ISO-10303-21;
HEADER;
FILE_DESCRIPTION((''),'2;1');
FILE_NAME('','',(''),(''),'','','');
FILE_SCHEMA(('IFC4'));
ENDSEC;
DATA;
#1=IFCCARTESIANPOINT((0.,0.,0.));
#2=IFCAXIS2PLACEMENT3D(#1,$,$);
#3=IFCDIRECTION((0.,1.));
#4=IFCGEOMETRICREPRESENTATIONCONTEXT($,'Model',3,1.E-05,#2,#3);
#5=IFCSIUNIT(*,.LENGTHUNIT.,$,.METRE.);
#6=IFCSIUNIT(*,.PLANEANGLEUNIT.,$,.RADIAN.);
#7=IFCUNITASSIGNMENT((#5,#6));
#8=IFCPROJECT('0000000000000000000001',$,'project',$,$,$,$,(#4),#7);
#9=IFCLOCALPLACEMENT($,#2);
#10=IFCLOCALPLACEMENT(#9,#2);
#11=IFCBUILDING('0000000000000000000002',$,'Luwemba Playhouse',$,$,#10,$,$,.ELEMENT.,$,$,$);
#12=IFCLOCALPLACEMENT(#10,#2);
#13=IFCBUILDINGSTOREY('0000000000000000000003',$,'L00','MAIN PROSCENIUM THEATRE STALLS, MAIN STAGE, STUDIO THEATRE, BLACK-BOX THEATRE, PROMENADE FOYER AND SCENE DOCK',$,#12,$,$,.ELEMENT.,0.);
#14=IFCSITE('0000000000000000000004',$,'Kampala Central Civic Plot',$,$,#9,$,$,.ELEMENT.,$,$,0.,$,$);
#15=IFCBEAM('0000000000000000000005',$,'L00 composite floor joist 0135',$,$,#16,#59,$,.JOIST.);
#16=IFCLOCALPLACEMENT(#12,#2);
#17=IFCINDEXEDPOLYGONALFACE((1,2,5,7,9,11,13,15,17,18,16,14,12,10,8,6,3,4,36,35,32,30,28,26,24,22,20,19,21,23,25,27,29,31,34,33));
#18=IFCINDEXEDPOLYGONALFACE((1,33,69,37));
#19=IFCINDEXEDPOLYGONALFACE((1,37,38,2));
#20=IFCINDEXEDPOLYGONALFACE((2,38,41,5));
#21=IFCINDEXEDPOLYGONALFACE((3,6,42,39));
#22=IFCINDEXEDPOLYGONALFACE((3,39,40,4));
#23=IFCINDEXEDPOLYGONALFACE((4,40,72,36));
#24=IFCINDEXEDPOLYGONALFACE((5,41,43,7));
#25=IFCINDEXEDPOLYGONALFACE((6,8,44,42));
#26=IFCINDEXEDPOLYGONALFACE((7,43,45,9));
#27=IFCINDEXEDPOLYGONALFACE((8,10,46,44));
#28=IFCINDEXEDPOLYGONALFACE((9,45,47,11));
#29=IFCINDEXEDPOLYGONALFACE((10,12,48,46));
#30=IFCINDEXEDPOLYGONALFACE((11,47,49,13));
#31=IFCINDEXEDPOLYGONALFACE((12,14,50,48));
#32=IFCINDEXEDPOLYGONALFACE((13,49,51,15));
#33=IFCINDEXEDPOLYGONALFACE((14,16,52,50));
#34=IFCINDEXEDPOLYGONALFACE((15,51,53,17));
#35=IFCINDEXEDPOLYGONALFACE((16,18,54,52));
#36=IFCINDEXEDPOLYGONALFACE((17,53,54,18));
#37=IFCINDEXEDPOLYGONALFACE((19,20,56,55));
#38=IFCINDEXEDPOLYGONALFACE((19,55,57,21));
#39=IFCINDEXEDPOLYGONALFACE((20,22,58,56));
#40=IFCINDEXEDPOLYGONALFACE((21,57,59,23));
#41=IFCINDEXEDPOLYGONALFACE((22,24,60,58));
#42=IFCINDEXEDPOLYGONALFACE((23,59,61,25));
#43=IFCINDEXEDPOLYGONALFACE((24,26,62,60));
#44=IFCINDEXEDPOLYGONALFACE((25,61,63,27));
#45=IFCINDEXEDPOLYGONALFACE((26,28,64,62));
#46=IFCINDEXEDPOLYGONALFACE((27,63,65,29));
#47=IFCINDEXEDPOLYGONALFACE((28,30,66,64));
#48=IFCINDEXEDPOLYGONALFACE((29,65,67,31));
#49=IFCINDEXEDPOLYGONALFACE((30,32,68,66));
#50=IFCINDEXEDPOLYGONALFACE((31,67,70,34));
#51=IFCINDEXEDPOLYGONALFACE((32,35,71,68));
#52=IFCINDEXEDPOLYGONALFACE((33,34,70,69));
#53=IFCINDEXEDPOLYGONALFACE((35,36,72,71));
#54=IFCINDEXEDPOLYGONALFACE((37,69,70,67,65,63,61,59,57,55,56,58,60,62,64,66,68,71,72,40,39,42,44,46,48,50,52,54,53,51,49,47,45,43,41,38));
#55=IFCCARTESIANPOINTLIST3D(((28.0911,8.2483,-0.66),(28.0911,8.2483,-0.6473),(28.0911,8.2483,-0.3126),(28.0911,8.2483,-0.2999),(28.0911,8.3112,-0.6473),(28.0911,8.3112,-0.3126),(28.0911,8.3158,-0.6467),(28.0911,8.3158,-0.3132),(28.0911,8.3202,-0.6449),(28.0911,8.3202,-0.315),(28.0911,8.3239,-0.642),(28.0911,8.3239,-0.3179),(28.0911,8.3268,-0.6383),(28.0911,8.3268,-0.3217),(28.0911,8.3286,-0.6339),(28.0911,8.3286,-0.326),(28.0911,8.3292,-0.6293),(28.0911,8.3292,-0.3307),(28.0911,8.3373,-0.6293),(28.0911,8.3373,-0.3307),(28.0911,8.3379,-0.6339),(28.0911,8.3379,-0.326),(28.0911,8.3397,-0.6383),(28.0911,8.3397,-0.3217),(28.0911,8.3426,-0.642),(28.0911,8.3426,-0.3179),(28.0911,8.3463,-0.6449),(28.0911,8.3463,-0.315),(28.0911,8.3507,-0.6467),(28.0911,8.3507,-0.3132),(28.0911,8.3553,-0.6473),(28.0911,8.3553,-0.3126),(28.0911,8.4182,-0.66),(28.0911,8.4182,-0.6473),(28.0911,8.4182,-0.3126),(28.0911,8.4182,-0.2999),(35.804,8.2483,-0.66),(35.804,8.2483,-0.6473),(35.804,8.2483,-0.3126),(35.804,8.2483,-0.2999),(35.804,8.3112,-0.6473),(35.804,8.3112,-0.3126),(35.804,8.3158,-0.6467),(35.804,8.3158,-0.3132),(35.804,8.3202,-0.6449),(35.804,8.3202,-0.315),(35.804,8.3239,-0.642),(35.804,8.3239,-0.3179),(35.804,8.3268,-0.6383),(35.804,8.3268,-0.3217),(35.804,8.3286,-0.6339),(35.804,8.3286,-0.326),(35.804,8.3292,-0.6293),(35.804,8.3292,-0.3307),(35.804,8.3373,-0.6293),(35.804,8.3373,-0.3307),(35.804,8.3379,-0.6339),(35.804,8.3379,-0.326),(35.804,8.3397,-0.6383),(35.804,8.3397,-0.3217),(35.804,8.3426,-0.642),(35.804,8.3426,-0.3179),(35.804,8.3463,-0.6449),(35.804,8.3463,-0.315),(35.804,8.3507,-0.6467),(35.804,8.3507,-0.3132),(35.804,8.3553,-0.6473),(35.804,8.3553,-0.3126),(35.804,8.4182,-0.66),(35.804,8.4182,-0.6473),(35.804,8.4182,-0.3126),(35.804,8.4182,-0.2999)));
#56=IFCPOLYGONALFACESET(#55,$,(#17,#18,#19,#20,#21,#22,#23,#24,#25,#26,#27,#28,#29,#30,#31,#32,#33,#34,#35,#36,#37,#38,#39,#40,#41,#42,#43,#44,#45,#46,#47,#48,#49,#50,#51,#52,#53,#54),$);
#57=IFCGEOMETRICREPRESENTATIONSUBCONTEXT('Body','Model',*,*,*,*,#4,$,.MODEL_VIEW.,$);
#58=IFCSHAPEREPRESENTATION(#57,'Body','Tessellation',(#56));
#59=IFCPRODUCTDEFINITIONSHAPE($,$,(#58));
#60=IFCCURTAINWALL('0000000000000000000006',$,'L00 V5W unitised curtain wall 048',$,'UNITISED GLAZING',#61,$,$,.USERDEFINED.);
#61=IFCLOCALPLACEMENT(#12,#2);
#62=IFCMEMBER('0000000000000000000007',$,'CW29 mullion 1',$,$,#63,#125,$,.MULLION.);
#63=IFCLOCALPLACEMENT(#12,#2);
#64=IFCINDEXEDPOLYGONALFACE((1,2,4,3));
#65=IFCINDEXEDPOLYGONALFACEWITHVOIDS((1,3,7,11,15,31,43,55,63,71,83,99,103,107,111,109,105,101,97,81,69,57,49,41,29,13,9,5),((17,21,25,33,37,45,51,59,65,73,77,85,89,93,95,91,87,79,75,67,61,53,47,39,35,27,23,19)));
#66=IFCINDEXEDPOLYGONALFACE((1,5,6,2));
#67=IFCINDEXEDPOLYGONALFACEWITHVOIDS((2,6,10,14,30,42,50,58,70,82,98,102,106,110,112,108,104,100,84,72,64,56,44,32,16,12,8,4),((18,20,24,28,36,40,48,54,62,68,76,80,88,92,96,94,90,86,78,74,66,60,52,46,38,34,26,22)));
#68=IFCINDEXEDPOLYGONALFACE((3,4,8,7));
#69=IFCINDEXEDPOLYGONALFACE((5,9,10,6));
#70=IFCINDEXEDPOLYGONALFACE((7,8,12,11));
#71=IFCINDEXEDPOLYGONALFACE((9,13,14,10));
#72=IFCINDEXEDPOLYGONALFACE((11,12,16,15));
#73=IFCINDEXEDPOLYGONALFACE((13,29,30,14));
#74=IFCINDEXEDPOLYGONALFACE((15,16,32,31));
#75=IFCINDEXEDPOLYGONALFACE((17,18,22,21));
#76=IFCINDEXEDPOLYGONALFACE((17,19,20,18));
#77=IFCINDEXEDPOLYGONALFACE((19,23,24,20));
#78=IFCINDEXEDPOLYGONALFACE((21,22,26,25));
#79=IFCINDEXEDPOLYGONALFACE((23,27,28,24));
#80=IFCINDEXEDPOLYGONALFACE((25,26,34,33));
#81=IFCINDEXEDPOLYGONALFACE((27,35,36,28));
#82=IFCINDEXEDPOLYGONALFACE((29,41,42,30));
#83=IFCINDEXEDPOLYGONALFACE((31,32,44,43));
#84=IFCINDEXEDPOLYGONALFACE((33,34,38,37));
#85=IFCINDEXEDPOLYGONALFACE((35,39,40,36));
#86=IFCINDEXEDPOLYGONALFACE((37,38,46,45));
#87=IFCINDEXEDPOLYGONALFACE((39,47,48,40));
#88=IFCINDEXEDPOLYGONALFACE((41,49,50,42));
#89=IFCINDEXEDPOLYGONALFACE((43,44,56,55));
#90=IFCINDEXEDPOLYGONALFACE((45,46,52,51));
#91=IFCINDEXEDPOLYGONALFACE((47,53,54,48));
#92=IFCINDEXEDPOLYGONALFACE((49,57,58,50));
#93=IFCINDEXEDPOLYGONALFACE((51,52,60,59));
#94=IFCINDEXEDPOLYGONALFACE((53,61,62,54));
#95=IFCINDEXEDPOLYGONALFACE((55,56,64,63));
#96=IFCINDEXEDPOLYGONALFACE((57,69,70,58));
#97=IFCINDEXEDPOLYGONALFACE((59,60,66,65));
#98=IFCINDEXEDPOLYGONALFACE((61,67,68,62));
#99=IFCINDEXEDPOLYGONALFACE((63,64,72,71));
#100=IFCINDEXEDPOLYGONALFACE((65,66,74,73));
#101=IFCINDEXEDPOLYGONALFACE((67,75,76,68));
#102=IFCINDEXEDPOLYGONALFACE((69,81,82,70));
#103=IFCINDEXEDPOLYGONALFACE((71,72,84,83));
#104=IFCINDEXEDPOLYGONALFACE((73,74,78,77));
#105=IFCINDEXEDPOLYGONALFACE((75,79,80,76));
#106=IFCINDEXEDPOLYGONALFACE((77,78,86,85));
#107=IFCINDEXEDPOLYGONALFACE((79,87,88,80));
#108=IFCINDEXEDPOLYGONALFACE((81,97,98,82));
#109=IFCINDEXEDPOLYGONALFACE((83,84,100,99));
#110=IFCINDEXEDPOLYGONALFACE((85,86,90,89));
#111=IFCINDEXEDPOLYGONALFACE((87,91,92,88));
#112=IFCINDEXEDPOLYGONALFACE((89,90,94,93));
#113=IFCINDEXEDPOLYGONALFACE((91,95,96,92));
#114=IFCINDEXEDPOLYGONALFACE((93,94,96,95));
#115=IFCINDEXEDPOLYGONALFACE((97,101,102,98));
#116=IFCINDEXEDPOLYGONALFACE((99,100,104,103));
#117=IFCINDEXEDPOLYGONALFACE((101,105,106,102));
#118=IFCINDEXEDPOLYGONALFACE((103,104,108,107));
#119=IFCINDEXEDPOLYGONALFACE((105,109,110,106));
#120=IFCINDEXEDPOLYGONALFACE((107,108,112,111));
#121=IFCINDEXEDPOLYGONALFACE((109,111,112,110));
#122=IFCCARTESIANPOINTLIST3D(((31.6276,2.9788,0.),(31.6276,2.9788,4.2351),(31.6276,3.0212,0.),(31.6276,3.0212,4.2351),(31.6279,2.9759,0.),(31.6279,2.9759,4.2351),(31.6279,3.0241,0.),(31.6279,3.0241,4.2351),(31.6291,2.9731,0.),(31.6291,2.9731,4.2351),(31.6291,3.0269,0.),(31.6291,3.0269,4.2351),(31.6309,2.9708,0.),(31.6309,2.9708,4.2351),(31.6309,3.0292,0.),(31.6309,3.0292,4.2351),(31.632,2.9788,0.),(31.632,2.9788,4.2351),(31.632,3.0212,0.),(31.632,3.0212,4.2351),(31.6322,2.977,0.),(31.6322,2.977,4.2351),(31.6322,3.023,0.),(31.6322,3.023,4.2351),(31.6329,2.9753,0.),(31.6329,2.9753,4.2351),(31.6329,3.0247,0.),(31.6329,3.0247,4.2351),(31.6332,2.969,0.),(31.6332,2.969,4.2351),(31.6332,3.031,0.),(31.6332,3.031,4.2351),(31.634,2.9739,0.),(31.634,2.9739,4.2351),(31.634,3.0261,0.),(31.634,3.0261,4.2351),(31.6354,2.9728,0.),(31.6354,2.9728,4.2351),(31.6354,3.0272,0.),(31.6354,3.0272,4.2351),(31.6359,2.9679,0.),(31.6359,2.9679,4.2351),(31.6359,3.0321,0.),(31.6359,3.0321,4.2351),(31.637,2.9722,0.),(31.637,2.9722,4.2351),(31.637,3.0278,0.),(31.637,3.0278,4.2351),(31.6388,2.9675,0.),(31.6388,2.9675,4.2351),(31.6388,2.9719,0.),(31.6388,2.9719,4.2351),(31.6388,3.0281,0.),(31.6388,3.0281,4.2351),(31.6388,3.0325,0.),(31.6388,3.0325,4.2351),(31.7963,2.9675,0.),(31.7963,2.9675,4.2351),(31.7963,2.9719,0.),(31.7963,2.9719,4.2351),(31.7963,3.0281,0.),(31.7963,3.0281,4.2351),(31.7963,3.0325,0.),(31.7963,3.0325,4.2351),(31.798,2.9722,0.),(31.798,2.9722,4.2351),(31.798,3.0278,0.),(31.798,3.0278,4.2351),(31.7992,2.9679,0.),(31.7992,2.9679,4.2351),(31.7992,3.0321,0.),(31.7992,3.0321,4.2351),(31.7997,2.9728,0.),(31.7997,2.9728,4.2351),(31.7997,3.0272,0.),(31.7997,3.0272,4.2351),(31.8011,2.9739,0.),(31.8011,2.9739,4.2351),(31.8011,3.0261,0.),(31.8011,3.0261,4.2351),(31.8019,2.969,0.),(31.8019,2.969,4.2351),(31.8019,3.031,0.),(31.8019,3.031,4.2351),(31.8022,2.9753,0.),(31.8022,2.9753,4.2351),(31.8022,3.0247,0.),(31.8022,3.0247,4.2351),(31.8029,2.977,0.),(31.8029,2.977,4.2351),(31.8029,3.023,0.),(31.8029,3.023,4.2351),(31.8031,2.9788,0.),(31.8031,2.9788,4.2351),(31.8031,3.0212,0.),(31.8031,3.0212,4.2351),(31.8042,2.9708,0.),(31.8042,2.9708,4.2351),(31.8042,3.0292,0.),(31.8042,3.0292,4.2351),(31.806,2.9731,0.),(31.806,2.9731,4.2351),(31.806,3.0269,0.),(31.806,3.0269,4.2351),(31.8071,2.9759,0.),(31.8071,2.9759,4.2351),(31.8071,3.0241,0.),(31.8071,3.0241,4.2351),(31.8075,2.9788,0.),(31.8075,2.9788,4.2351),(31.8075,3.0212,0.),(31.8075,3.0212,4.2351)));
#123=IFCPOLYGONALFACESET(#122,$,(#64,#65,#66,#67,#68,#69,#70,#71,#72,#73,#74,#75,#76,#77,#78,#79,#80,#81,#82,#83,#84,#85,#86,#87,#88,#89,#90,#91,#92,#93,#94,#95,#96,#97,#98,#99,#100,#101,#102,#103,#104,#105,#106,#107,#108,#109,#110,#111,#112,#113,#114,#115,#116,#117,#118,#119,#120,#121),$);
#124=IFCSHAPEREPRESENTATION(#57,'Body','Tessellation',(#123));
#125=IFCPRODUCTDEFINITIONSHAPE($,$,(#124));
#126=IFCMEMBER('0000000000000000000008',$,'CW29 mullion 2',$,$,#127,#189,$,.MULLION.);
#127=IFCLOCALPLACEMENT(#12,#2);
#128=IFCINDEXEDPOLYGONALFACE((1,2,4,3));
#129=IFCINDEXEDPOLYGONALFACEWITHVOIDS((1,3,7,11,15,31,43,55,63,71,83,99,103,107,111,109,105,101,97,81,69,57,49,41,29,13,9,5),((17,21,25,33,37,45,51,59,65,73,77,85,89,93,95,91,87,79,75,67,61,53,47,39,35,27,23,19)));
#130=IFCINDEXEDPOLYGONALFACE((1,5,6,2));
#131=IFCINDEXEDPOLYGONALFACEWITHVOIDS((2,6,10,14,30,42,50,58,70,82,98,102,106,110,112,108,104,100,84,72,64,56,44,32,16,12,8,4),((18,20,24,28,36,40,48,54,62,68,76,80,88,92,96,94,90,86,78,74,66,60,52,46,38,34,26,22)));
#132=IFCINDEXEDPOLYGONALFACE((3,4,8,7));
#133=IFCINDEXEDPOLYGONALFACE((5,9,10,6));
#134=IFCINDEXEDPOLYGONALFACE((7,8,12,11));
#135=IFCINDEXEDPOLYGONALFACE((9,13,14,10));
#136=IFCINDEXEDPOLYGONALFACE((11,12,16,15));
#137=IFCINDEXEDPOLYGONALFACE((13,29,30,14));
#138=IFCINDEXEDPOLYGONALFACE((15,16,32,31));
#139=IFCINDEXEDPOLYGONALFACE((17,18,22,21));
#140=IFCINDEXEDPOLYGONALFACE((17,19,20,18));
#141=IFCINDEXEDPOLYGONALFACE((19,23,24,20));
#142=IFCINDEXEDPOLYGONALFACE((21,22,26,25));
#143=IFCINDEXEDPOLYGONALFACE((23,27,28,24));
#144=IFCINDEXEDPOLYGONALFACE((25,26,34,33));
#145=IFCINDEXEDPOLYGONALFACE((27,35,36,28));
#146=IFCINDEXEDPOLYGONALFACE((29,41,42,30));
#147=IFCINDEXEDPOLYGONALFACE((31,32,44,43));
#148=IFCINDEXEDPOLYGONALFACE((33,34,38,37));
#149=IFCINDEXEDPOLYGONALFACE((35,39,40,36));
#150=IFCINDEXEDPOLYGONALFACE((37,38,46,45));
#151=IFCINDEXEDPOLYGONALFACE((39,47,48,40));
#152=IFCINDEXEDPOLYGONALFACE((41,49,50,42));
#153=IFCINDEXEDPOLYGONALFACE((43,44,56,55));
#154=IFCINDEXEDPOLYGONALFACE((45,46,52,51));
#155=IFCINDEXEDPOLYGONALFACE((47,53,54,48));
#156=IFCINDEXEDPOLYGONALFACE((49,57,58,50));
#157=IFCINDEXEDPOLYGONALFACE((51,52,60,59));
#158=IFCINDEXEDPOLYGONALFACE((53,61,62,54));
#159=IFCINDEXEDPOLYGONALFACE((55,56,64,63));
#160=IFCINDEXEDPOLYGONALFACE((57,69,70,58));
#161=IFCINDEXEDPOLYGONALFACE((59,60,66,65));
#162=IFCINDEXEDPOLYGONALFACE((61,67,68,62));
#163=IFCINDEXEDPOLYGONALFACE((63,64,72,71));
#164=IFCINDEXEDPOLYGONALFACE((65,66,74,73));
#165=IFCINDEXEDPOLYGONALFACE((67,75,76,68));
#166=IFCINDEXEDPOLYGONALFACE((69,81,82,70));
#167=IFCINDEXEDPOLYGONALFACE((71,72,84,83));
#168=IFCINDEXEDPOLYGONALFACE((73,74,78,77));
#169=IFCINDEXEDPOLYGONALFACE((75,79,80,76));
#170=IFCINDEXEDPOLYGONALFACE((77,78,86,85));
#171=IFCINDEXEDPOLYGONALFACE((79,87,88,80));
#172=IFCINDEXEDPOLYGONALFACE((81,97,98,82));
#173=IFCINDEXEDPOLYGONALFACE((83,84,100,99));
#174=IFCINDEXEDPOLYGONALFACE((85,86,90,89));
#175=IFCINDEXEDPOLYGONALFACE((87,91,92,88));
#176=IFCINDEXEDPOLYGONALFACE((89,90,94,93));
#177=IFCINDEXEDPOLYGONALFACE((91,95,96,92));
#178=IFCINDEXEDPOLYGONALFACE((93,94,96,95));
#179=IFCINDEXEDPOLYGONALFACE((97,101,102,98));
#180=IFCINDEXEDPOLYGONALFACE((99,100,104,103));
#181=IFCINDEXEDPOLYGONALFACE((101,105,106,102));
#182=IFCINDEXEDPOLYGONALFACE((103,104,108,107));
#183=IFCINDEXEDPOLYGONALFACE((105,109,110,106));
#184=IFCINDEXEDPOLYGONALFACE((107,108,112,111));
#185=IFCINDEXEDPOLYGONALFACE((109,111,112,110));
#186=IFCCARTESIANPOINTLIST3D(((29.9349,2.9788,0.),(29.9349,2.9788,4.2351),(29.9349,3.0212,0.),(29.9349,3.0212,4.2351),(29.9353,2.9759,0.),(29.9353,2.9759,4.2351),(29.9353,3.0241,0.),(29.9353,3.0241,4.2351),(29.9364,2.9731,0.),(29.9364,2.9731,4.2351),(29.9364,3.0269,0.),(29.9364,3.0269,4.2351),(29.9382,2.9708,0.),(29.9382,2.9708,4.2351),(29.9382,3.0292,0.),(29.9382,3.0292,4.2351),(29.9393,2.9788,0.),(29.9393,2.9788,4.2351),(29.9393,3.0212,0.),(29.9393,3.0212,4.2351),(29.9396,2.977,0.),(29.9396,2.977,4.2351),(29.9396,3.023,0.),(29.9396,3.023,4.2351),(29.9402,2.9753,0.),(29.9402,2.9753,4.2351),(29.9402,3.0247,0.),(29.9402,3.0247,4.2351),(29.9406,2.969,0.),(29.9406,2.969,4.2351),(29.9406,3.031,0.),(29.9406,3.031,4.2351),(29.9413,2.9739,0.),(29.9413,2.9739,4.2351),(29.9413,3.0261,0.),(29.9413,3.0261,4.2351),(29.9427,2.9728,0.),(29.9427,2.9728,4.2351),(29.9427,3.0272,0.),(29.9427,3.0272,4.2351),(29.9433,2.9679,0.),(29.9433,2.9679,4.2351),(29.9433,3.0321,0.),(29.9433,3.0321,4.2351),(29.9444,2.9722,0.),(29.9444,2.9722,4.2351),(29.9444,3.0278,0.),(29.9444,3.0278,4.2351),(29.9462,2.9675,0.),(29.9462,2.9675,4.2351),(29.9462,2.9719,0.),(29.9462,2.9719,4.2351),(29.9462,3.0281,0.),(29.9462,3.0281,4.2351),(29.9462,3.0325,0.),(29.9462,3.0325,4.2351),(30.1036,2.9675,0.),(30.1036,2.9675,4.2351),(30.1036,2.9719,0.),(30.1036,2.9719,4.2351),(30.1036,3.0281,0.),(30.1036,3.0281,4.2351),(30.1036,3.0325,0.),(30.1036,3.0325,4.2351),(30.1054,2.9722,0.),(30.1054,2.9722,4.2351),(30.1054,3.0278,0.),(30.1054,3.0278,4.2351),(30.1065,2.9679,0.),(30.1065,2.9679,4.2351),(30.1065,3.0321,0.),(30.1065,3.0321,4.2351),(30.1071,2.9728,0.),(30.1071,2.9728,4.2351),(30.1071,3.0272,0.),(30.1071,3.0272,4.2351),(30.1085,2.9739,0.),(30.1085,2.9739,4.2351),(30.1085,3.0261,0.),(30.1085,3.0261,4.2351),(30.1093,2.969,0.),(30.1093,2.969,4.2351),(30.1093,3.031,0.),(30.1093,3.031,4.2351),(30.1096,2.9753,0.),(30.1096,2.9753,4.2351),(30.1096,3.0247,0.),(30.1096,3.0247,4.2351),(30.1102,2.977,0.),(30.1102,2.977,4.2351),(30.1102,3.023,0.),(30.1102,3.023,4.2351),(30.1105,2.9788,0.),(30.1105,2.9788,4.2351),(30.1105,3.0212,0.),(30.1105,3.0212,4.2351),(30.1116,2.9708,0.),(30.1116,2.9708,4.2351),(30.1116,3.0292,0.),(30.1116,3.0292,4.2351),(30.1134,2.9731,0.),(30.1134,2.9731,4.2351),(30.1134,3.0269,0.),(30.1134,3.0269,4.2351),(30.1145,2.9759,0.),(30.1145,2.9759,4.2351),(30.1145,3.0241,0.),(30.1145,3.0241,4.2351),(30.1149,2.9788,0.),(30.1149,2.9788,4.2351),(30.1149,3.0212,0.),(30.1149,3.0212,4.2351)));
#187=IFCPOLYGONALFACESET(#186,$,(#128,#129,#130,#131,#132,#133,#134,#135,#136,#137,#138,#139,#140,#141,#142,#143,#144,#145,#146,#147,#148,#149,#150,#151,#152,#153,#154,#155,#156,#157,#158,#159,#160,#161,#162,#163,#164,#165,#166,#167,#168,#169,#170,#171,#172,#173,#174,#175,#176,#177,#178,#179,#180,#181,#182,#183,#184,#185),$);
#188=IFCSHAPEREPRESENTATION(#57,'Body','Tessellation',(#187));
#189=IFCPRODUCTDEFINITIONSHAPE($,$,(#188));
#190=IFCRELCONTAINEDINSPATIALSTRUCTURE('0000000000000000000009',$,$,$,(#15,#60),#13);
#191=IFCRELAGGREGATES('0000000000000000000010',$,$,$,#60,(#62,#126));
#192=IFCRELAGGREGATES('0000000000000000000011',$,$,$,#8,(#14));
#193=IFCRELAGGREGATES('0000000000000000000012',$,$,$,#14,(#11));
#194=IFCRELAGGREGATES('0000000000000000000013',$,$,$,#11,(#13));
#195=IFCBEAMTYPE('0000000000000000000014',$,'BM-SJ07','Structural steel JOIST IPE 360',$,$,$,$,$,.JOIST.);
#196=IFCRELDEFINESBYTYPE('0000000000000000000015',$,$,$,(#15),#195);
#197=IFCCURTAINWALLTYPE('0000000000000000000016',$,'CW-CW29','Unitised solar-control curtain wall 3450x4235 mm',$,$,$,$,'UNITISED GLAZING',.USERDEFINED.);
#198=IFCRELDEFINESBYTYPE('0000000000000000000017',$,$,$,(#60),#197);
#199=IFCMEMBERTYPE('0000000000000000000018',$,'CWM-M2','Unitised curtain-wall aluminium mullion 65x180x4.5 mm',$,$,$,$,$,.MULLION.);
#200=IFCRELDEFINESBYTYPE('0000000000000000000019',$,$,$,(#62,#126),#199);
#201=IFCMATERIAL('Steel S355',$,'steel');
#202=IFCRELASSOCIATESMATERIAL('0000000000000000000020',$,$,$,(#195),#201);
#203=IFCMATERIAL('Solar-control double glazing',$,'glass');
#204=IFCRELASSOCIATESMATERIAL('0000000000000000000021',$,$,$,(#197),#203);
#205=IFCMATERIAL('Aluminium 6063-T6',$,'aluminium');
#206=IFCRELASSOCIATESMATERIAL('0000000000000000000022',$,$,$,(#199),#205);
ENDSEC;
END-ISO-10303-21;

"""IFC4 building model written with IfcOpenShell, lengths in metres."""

from ifc_helpers import new_model, si_unit, direction, frame, origin, origin_2d, place, context, subcontext, project, spatial, hollow_rectangle, i_section, extrude, material, material_profile, profile_set, type_object, element, aggregate, save


model = new_model("IFC4")

# Units and contexts
model_context = context("Model", 3, precision=1e-05, world=origin(), true_north=direction((0.0, 1.0)))
body_context = subcontext(model_context, "Body", "Model", "MODEL_VIEW")
ifc_project = project(units=[si_unit("LENGTHUNIT", "METRE"), si_unit("PLANEANGLEUNIT", "RADIAN")], contexts=[model_context])

# Site, building, storey
site_placement = place(None, origin())
site = spatial("IfcSite", under=ifc_project, at=site_placement, Name="Kampala Central Civic Plot", CompositionType="ELEMENT", RefElevation=0.0)
building_placement = place(site_placement, origin())
building = spatial("IfcBuilding", under=site, at=building_placement, Name="Luwemba Playhouse", CompositionType="ELEMENT")
storey_placement = place(building_placement, origin())
storey = spatial("IfcBuildingStorey", under=building, at=storey_placement, Name="L00", Description="MAIN PROSCENIUM THEATRE STALLS, MAIN STAGE, STUDIO THEATRE, BLACK-BOX THEATRE, PROMENADE FOYER AND SCENE DOCK", CompositionType="ELEMENT", Elevation=0.0)

# Beam
ifc_material_1 = material(Name="Steel S355", Category="steel")
ifc_material_profile_1 = material_profile(ifc_material_1, i_section(OverallWidth=0.1699, OverallDepth=0.3601, WebThickness=0.0081, FlangeThickness=0.0127, FilletRadius=0.0181, at=origin_2d()))
ifc_profile_set_1 = profile_set([ifc_material_profile_1], Name="Steel S355")
beam_type_1 = type_object("IfcBeamType", Name="BM-SJ07", Description="Structural steel JOIST IPE 360", PredefinedType="JOIST", material=ifc_profile_set_1)
beam_1_placement = place(storey_placement, frame((28.0911, 8.3333, -0.48), z_axis=(1.0, 0.0, 0.0), x_axis=(0.0, 1.0, 0.0)))
element("IfcBeam", 1, at=beam_1_placement, inside=storey, type_object=beam_type_1, Name="L00 composite floor joist 0135", PredefinedType="JOIST", context=body_context, shape_type="SweptSolid", body=[
    extrude(i_section(OverallWidth=0.1699, OverallDepth=0.3601, WebThickness=0.0081, FlangeThickness=0.0127, FilletRadius=0.0181, at=origin_2d()), origin(), (0.0, 0.0, 1.0), 7.7129),
])

# Curtain wall, members
ifc_material_2 = material(Name="Solar-control double glazing", Category="glass")
curtain_wall_type = type_object("IfcCurtainWallType", Name="CW-CW29", Description="Unitised solar-control curtain wall 3450x4235 mm", ElementType="UNITISED GLAZING", PredefinedType="USERDEFINED", material=ifc_material_2)
curtain_wall_placement = place(storey_placement, origin())
curtain_wall = element("IfcCurtainWall", 2, at=curtain_wall_placement, inside=storey, type_object=curtain_wall_type, Name="L00 V5W unitised curtain wall 048", ObjectType="UNITISED GLAZING", PredefinedType="USERDEFINED")
ifc_material_3 = material(Name="Aluminium 6063-T6", Category="aluminium")
ifc_material_profile_2 = material_profile(ifc_material_3, hollow_rectangle(XDim=0.0649, YDim=0.1799, WallThickness=0.0044, InnerFilletRadius=0.0068, OuterFilletRadius=0.0112, at=origin_2d()))
ifc_profile_set_2 = profile_set([ifc_material_profile_2], Name="Aluminium 6063-T6")
member_type_1 = type_object("IfcMemberType", Name="CWM-M2", Description="Unitised curtain-wall aluminium mullion 65x180x4.5 mm", PredefinedType="MULLION", material=ifc_profile_set_2)
member_1_placement = place(storey_placement, frame((31.7175, 3.0, 0.0), z_axis=(0.0, 0.0, 1.0), x_axis=(0.0, -1.0, 0.0)))
member_1 = element("IfcMember", 3, at=member_1_placement, type_object=member_type_1, Name="CW29 mullion 1", PredefinedType="MULLION", context=body_context, shape_type="SweptSolid", body=[
    extrude(hollow_rectangle(XDim=0.0649, YDim=0.1799, WallThickness=0.0044, InnerFilletRadius=0.0068, OuterFilletRadius=0.0112, at=origin_2d()), origin(), (0.0, 0.0, 1.0), 4.2351),
])
member_2_placement = place(storey_placement, frame((30.0249, 3.0, 0.0), z_axis=(0.0, 0.0, 1.0), x_axis=(0.0, -1.0, 0.0)))
member_2 = element("IfcMember", 4, at=member_2_placement, type_object=member_type_1, Name="CW29 mullion 2", PredefinedType="MULLION", context=body_context, shape_type="SweptSolid", body=[
    extrude(hollow_rectangle(XDim=0.0649, YDim=0.1799, WallThickness=0.0044, InnerFilletRadius=0.0068, OuterFilletRadius=0.0112, at=origin_2d()), origin(), (0.0, 0.0, 1.0), 4.2351),
])
aggregate(curtain_wall, [member_1, member_2])

save(model, "model.ifc")
